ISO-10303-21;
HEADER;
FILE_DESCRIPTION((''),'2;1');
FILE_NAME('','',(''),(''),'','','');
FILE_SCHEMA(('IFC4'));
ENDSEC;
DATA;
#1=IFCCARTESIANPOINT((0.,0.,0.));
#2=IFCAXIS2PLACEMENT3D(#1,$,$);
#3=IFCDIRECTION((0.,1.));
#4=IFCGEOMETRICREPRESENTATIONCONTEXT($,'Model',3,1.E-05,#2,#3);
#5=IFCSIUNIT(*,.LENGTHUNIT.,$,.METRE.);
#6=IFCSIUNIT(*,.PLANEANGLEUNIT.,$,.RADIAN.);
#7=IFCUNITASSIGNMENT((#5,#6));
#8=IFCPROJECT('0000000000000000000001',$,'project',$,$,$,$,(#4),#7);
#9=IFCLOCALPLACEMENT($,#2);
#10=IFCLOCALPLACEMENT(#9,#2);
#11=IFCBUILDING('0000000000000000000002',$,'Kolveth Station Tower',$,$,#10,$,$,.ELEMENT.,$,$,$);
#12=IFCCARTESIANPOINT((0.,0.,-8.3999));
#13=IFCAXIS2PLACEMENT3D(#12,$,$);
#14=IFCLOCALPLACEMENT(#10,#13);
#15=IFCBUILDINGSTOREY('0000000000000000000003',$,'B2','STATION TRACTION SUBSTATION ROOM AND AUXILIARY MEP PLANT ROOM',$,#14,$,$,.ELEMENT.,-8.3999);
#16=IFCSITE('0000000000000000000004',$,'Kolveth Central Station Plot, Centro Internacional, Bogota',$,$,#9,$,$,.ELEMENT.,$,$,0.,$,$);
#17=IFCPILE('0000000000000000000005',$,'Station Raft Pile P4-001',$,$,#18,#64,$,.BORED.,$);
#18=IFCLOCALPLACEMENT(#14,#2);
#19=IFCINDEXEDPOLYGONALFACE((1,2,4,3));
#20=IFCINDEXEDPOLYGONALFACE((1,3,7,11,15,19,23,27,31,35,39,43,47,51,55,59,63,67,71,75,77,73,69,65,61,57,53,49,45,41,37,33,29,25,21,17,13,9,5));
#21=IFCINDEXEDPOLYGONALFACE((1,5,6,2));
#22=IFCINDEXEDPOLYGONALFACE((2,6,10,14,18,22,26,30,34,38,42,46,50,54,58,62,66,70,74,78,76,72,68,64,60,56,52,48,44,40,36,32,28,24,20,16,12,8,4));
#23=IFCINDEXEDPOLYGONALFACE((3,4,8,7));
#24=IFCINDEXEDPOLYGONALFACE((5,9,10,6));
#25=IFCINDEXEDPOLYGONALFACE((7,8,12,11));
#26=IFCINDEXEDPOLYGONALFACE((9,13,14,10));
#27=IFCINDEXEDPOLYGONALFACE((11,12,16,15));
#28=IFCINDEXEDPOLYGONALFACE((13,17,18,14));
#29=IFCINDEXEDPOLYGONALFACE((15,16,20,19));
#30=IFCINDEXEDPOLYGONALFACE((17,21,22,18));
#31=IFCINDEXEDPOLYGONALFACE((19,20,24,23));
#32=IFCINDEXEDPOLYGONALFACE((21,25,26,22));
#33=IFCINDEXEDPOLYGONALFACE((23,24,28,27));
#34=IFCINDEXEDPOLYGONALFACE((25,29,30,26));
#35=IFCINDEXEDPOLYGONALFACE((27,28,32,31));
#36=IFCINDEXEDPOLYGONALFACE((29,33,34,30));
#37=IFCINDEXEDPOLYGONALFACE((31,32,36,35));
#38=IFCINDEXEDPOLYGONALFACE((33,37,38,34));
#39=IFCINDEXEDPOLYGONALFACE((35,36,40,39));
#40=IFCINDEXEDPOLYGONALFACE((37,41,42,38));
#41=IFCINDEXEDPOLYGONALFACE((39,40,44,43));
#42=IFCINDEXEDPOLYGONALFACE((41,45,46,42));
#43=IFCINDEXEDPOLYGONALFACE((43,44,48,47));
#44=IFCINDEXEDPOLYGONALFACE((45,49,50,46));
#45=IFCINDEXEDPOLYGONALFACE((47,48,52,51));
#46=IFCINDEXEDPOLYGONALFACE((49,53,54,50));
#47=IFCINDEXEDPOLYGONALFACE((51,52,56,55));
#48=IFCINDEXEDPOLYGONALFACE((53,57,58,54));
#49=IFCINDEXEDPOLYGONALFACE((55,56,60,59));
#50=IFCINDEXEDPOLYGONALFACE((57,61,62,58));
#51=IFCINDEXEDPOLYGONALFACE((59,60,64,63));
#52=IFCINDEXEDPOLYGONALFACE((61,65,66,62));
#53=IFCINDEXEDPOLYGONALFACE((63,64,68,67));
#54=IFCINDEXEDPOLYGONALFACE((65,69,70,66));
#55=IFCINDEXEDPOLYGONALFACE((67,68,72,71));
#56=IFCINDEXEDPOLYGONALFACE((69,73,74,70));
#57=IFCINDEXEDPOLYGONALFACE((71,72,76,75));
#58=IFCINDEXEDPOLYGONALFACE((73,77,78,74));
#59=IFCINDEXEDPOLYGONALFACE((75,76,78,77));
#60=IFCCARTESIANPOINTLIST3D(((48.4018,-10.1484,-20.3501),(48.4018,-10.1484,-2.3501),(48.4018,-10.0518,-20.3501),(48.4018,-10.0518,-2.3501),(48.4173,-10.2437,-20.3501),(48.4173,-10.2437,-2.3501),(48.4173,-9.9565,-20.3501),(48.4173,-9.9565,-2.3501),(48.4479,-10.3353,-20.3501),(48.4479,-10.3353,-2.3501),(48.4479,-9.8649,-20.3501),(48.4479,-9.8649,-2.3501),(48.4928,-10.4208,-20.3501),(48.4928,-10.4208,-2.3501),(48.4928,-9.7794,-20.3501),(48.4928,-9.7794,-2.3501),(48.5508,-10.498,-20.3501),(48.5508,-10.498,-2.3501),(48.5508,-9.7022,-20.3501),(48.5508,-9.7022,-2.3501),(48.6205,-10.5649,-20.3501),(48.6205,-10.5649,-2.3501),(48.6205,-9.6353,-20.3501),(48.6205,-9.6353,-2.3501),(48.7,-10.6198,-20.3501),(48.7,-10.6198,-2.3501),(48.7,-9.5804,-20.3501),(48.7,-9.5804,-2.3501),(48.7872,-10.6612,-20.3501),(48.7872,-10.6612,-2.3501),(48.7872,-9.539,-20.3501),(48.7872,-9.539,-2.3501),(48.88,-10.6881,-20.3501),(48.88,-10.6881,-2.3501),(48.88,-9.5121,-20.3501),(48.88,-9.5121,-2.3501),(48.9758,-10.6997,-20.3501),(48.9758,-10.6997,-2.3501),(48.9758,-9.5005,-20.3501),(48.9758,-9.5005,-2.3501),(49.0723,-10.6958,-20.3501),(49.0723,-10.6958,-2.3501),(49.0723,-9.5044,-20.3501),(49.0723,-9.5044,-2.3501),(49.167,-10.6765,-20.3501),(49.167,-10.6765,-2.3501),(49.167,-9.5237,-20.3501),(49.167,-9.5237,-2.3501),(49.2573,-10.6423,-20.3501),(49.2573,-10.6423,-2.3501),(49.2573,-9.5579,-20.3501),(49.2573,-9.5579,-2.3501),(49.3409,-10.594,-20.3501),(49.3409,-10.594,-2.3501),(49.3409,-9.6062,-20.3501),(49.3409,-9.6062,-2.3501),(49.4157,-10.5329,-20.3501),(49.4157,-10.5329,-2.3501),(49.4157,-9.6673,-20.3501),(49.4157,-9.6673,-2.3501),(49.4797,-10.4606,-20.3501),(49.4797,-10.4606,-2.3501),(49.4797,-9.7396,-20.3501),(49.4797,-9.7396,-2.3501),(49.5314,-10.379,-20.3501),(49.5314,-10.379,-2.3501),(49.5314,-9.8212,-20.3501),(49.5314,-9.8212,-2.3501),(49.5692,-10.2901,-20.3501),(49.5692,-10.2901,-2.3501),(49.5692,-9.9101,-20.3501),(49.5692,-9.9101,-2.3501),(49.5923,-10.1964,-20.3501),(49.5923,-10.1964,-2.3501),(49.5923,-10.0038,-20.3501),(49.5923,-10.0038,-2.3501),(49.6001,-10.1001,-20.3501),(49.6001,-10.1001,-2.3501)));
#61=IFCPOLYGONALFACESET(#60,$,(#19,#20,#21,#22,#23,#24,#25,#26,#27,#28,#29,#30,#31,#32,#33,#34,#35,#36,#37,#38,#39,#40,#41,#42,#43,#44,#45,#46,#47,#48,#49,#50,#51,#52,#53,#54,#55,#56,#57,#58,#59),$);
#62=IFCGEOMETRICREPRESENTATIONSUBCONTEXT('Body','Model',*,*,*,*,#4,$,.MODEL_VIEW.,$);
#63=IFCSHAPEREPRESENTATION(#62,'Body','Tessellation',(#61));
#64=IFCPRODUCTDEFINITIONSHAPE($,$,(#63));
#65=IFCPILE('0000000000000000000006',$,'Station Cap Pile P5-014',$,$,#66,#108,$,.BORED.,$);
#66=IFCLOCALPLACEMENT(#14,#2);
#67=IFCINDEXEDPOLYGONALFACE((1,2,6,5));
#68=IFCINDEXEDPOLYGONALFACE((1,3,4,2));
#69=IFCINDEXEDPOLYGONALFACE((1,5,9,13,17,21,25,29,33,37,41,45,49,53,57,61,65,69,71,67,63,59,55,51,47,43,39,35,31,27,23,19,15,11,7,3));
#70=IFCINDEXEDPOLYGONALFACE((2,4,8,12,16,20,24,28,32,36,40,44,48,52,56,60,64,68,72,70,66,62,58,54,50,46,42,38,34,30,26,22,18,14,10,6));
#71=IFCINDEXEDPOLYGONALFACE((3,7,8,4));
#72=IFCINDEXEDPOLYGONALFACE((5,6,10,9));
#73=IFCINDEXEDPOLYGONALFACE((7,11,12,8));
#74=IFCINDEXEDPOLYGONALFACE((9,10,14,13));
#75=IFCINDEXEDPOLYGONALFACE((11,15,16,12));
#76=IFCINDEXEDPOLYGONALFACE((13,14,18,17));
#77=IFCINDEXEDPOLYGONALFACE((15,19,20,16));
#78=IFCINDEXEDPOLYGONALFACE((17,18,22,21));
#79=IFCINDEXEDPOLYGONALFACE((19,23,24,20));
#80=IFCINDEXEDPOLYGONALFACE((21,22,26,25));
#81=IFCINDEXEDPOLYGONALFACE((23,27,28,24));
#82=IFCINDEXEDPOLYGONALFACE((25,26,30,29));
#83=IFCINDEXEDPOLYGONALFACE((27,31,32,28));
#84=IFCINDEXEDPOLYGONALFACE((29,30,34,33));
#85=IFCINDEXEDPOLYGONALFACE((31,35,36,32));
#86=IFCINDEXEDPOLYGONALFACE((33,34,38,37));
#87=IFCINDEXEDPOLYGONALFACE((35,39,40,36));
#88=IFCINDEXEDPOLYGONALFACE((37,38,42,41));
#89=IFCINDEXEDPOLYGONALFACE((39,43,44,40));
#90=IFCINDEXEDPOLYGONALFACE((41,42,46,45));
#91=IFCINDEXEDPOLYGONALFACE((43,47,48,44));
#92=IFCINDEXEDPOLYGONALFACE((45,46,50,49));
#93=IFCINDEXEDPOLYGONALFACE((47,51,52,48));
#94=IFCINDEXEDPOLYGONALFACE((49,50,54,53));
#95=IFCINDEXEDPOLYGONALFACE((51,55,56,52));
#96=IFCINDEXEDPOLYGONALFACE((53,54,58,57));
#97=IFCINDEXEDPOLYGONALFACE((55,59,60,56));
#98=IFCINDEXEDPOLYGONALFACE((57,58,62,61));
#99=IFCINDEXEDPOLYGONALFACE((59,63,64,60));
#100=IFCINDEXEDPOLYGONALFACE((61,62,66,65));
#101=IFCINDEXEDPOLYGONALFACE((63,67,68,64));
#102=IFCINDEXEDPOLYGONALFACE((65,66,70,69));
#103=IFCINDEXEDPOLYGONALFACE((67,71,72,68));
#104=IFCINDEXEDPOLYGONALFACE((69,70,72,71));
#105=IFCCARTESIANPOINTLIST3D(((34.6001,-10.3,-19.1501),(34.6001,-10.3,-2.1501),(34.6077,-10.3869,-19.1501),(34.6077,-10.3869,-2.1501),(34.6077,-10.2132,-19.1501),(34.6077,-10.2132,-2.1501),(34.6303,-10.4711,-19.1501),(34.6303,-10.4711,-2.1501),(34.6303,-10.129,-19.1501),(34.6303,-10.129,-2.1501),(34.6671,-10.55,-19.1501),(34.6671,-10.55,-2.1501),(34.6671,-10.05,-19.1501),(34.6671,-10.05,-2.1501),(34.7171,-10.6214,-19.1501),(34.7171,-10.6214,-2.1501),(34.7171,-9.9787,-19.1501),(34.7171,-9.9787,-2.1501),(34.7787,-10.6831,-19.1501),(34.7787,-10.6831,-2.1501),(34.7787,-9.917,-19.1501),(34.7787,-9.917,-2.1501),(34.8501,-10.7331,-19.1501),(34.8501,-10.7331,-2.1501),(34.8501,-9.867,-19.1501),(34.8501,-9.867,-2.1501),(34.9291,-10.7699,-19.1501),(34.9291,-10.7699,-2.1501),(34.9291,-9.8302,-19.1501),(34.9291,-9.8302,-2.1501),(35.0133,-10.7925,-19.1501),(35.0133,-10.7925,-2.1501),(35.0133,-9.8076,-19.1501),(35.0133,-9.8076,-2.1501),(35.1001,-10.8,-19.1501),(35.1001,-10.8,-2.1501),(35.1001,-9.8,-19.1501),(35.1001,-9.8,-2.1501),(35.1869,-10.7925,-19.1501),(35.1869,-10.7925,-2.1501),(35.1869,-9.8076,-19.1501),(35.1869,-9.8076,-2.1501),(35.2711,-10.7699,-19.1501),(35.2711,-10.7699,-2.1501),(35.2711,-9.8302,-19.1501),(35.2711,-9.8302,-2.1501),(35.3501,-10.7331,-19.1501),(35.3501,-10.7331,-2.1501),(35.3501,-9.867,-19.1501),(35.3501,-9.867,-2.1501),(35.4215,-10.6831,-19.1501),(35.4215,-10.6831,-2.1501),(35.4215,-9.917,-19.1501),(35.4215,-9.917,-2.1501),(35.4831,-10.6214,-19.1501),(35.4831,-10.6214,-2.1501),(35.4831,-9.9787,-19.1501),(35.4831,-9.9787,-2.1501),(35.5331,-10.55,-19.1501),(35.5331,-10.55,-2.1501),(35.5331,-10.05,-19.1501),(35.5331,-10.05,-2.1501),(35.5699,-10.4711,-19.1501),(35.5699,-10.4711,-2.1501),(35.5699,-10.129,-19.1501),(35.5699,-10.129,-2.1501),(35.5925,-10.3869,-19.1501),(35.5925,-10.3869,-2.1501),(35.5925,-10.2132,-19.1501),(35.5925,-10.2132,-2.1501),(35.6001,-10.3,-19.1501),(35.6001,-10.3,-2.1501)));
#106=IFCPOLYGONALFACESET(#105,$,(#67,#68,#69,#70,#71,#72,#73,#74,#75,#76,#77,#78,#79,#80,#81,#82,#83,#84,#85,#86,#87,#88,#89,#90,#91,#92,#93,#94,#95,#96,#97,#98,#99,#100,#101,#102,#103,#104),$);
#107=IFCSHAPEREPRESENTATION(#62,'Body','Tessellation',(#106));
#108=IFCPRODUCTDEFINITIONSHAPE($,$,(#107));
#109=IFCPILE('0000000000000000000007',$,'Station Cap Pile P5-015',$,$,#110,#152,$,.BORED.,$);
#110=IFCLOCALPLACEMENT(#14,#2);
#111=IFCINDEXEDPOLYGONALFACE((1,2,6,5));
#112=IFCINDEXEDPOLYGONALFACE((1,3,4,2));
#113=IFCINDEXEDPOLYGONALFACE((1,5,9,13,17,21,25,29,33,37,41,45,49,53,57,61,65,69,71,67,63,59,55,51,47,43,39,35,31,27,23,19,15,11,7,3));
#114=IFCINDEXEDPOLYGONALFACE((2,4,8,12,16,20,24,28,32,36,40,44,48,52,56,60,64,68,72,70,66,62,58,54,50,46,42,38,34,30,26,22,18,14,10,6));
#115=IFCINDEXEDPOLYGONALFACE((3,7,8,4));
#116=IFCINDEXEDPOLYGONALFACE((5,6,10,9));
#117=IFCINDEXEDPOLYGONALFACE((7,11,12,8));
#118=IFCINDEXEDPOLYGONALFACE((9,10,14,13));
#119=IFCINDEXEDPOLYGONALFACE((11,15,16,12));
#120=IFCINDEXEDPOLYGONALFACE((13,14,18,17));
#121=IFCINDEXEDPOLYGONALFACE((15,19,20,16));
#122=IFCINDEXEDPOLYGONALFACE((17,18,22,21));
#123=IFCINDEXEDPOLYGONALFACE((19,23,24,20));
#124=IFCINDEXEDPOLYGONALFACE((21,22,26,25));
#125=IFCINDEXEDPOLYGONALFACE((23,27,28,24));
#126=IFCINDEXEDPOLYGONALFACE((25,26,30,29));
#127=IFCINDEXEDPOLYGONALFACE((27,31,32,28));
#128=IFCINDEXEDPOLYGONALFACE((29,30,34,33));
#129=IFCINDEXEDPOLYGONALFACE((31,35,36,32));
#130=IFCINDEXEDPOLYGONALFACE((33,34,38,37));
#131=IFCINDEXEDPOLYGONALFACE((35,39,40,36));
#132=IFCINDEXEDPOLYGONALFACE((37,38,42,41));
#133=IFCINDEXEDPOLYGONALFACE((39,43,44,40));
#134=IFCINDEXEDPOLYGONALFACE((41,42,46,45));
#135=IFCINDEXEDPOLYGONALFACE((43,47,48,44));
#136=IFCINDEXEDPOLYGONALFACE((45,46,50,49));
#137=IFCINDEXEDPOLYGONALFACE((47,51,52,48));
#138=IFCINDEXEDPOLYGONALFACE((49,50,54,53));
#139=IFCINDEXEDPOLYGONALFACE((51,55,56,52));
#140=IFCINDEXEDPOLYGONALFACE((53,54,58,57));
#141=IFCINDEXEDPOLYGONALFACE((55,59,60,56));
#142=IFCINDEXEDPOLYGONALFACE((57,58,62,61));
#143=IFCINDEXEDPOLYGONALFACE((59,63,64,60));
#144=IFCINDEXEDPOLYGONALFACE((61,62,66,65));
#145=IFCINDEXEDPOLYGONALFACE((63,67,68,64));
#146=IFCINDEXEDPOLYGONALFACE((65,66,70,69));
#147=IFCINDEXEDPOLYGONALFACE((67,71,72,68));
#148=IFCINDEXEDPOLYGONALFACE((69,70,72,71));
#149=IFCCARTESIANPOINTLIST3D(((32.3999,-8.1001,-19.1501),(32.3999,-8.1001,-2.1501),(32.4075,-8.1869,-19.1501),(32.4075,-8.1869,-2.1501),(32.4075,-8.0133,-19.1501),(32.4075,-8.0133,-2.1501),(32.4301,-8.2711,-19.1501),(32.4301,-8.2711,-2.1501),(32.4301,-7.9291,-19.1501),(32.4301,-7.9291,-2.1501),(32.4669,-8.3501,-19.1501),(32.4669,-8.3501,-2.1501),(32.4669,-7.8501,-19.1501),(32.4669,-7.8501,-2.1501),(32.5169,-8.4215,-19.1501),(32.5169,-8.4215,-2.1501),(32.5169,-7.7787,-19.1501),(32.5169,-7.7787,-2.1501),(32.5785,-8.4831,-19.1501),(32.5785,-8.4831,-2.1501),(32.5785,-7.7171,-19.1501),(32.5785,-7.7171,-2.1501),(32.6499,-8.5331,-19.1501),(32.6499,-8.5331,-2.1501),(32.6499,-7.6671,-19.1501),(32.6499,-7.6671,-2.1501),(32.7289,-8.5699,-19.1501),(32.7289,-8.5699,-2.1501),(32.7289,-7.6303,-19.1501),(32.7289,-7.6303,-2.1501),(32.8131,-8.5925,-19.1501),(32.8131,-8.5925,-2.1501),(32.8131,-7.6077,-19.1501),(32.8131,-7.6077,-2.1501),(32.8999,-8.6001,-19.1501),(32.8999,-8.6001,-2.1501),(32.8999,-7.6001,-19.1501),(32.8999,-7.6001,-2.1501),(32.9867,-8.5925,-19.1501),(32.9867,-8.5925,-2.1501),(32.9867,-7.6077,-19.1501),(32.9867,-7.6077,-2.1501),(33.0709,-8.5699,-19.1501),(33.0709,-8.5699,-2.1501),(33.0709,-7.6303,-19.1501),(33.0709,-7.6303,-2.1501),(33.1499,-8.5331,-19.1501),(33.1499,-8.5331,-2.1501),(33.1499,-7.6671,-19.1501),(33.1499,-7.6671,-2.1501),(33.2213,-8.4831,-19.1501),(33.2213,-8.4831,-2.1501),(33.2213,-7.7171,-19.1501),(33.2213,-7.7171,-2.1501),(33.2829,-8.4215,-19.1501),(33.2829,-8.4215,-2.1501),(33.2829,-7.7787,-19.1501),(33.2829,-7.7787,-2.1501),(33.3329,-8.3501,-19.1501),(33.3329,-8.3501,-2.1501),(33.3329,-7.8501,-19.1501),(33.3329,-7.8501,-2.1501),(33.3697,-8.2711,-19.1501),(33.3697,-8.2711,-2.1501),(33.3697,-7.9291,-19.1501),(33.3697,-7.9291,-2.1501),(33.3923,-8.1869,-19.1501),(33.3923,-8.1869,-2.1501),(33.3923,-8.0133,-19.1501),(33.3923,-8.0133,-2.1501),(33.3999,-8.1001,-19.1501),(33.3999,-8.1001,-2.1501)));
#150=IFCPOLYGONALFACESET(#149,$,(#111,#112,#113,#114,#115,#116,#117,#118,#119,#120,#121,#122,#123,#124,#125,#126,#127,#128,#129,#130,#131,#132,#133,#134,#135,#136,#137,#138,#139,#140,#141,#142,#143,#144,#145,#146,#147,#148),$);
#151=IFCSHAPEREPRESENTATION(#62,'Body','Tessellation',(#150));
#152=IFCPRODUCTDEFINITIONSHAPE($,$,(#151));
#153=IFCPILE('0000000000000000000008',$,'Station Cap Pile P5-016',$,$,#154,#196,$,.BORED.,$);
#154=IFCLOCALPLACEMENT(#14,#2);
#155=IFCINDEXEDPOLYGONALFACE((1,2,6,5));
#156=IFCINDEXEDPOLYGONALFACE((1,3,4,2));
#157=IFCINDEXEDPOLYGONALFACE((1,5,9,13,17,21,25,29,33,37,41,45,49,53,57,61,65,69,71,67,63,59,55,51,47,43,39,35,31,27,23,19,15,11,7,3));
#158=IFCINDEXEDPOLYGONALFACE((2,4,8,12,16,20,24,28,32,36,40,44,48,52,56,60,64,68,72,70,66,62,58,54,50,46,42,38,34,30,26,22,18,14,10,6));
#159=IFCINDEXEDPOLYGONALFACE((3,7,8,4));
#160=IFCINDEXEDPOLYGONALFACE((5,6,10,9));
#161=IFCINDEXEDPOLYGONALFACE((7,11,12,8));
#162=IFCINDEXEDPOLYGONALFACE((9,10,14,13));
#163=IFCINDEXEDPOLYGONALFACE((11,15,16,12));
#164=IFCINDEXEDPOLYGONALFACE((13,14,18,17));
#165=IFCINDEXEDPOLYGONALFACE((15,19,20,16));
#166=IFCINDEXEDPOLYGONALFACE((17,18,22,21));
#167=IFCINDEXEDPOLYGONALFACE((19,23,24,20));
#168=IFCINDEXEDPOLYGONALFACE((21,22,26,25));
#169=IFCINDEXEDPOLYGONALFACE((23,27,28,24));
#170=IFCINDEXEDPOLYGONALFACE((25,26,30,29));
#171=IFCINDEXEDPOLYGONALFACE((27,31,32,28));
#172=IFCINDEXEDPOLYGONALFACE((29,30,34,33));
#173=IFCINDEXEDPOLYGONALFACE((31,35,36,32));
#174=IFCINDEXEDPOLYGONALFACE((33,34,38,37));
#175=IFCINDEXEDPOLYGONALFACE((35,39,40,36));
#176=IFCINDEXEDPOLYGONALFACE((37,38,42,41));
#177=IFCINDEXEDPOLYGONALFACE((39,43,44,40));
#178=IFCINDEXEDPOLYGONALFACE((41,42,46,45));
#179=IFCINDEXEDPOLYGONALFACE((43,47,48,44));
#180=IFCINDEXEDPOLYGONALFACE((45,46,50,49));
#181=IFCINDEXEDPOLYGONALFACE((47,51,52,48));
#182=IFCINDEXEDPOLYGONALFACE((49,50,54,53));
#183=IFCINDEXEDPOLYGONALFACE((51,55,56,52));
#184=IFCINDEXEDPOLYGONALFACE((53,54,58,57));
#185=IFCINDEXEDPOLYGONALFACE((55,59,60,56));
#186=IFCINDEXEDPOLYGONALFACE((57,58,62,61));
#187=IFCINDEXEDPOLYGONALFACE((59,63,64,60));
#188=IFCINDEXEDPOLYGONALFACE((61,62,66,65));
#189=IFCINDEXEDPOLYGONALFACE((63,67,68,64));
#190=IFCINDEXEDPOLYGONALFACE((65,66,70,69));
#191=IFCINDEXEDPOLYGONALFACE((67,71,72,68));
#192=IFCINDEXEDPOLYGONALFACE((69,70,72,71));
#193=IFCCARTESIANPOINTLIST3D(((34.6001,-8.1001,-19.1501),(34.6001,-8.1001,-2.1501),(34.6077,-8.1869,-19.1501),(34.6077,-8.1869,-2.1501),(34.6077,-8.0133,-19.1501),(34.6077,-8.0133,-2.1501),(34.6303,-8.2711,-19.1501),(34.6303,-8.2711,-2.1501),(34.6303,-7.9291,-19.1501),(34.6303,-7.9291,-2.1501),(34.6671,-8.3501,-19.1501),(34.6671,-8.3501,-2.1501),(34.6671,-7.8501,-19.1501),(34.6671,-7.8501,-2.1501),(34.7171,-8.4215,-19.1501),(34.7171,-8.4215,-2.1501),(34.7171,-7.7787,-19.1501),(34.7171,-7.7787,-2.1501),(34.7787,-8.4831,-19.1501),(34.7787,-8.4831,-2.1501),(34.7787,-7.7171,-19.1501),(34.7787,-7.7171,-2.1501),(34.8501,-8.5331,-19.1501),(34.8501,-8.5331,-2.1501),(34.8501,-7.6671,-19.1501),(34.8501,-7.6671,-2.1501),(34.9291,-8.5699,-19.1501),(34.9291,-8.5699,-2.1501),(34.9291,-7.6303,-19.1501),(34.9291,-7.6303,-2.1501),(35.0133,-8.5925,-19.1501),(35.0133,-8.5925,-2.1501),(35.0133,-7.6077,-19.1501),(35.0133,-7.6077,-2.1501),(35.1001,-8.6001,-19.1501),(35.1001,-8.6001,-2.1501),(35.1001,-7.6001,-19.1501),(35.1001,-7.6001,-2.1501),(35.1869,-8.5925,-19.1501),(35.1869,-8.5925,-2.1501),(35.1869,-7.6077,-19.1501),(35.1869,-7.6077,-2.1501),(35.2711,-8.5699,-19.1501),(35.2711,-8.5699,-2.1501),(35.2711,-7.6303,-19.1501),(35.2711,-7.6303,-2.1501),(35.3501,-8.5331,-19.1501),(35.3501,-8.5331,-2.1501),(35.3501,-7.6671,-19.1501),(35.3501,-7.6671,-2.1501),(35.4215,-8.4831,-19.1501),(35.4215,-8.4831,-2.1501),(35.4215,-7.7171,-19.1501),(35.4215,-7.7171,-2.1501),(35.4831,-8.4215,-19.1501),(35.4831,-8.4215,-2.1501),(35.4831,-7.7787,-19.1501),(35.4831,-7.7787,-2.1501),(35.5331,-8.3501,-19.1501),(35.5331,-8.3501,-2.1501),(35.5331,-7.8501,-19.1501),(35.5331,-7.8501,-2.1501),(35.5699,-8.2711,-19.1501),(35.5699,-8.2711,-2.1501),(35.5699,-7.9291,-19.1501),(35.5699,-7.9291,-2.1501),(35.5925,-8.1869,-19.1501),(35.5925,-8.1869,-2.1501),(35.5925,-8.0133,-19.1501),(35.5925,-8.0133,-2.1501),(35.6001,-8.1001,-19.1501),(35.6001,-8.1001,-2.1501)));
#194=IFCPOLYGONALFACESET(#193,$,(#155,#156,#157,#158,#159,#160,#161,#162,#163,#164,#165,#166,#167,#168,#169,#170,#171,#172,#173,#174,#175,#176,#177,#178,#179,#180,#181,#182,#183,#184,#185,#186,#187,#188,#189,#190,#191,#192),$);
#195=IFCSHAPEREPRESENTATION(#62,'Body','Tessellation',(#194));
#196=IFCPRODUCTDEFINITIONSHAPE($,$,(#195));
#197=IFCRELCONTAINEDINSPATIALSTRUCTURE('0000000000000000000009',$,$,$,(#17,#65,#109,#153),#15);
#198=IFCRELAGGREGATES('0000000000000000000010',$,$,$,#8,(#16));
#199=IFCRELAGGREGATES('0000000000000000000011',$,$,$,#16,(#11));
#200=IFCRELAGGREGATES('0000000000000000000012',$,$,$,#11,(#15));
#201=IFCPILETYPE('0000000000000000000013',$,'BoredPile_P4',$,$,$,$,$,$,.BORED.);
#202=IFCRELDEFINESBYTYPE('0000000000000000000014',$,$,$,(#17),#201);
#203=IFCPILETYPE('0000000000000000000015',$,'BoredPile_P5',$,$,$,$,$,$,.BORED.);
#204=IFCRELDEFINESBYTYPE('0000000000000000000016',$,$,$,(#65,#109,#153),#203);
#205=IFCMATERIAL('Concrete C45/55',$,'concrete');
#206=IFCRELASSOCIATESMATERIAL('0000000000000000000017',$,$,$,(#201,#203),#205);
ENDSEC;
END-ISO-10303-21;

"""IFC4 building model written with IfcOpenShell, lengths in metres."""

from ifc_helpers import new_model, si_unit, direction, frame, origin, origin_2d, place, context, subcontext, project, spatial, circle, extrude, source, transform, mapped, material, material_profile, profile_set, type_object, element, save


model = new_model("IFC4")

# Units and contexts
model_context = context("Model", 3, precision=1e-05, world=origin(), true_north=direction((0.0, 1.0)))
body_context = subcontext(model_context, "Body", "Model", "MODEL_VIEW")
ifc_project = project(units=[si_unit("LENGTHUNIT", "METRE"), si_unit("PLANEANGLEUNIT", "RADIAN")], contexts=[model_context])

# Site, building, storey
site_placement = place(None, origin())
site = spatial("IfcSite", under=ifc_project, at=site_placement, Name="Kolveth Central Station Plot, Centro Internacional, Bogota", CompositionType="ELEMENT", RefElevation=0.0)
building_placement = place(site_placement, origin())
building = spatial("IfcBuilding", under=site, at=building_placement, Name="Kolveth Station Tower", CompositionType="ELEMENT")
storey_placement = place(building_placement, frame((0.0, 0.0, -8.3999)))
storey = spatial("IfcBuildingStorey", under=building, at=storey_placement, Name="B2", Description="STATION TRACTION SUBSTATION ROOM AND AUXILIARY MEP PLANT ROOM", CompositionType="ELEMENT", Elevation=-8.3999)

# Piles
ifc_material_1 = material(Name="Concrete C45/55", Category="concrete")
ifc_material_profile_1 = material_profile(ifc_material_1, circle(Radius=0.6001, at=origin_2d()), Name="PILE-D1200")
ifc_profile_set_1 = profile_set([ifc_material_profile_1], Name="Concrete C45/55")
pile_type_1 = type_object("IfcPileType", Name="BoredPile_P4", PredefinedType="BORED", material=ifc_profile_set_1)
shared_shape_1 = source(origin(), body_context, "Body", "SweptSolid", [
    extrude(circle(Radius=0.6001, at=origin_2d()), origin(), (0.0, 0.0, 1.0), 18.0),
])
pile_placement = place(storey_placement, frame((49.0, -10.1001, -2.3501), z_axis=(0.0, 0.0, -1.0), x_axis=(1.0, 0.0, 0.0)))
element("IfcPile", 1, at=pile_placement, inside=storey, type_object=pile_type_1, Name="Station Raft Pile P4-001", PredefinedType="BORED", context=body_context, shape_type="MappedRepresentation", body=[
    mapped(shared_shape_1, transform((0.0, 0.0, 0.0), x_axis=(1.0, 0.0, 0.0), y_axis=(0.0, 1.0, 0.0), z_axis=(0.0, 0.0, 1.0), scale=1.0)),
])
ifc_material_profile_2 = material_profile(ifc_material_1, circle(Radius=0.5, at=origin_2d()), Name="PILE-D1000")
ifc_profile_set_2 = profile_set([ifc_material_profile_2], Name="Concrete C45/55")
pile_type_2 = type_object("IfcPileType", Name="BoredPile_P5", PredefinedType="BORED", material=ifc_profile_set_2)
shared_shape_2 = source(origin(), body_context, "Body", "SweptSolid", [
    extrude(circle(Radius=0.5, at=origin_2d()), origin(), (0.0, 0.0, 1.0), 17.0),
])
for number, where, z_axis, x_axis, name in (
    (2, (35.1001, -10.3, -2.1501), (0.0, 0.0, -1.0), (1.0, 0.0, 0.0), "Station Cap Pile P5-014"),
    (3, (32.8999, -8.1001, -2.1501), (0.0, 0.0, -1.0), (1.0, 0.0, 0.0), "Station Cap Pile P5-015"),
    (4, (35.1001, -8.1001, -2.1501), (0.0, 0.0, -1.0), (1.0, 0.0, 0.0), "Station Cap Pile P5-016"),
):
    element("IfcPile", number, at=place(storey_placement, frame(where, z_axis=z_axis, x_axis=x_axis)), inside=storey, type_object=pile_type_2, Name=name, PredefinedType="BORED", context=body_context, shape_type="MappedRepresentation", body=[
        mapped(shared_shape_2, transform((0.0, 0.0, 0.0), x_axis=(1.0, 0.0, 0.0), y_axis=(0.0, 1.0, 0.0), z_axis=(0.0, 0.0, 1.0), scale=1.0)),
    ])

save(model, "model.ifc")
